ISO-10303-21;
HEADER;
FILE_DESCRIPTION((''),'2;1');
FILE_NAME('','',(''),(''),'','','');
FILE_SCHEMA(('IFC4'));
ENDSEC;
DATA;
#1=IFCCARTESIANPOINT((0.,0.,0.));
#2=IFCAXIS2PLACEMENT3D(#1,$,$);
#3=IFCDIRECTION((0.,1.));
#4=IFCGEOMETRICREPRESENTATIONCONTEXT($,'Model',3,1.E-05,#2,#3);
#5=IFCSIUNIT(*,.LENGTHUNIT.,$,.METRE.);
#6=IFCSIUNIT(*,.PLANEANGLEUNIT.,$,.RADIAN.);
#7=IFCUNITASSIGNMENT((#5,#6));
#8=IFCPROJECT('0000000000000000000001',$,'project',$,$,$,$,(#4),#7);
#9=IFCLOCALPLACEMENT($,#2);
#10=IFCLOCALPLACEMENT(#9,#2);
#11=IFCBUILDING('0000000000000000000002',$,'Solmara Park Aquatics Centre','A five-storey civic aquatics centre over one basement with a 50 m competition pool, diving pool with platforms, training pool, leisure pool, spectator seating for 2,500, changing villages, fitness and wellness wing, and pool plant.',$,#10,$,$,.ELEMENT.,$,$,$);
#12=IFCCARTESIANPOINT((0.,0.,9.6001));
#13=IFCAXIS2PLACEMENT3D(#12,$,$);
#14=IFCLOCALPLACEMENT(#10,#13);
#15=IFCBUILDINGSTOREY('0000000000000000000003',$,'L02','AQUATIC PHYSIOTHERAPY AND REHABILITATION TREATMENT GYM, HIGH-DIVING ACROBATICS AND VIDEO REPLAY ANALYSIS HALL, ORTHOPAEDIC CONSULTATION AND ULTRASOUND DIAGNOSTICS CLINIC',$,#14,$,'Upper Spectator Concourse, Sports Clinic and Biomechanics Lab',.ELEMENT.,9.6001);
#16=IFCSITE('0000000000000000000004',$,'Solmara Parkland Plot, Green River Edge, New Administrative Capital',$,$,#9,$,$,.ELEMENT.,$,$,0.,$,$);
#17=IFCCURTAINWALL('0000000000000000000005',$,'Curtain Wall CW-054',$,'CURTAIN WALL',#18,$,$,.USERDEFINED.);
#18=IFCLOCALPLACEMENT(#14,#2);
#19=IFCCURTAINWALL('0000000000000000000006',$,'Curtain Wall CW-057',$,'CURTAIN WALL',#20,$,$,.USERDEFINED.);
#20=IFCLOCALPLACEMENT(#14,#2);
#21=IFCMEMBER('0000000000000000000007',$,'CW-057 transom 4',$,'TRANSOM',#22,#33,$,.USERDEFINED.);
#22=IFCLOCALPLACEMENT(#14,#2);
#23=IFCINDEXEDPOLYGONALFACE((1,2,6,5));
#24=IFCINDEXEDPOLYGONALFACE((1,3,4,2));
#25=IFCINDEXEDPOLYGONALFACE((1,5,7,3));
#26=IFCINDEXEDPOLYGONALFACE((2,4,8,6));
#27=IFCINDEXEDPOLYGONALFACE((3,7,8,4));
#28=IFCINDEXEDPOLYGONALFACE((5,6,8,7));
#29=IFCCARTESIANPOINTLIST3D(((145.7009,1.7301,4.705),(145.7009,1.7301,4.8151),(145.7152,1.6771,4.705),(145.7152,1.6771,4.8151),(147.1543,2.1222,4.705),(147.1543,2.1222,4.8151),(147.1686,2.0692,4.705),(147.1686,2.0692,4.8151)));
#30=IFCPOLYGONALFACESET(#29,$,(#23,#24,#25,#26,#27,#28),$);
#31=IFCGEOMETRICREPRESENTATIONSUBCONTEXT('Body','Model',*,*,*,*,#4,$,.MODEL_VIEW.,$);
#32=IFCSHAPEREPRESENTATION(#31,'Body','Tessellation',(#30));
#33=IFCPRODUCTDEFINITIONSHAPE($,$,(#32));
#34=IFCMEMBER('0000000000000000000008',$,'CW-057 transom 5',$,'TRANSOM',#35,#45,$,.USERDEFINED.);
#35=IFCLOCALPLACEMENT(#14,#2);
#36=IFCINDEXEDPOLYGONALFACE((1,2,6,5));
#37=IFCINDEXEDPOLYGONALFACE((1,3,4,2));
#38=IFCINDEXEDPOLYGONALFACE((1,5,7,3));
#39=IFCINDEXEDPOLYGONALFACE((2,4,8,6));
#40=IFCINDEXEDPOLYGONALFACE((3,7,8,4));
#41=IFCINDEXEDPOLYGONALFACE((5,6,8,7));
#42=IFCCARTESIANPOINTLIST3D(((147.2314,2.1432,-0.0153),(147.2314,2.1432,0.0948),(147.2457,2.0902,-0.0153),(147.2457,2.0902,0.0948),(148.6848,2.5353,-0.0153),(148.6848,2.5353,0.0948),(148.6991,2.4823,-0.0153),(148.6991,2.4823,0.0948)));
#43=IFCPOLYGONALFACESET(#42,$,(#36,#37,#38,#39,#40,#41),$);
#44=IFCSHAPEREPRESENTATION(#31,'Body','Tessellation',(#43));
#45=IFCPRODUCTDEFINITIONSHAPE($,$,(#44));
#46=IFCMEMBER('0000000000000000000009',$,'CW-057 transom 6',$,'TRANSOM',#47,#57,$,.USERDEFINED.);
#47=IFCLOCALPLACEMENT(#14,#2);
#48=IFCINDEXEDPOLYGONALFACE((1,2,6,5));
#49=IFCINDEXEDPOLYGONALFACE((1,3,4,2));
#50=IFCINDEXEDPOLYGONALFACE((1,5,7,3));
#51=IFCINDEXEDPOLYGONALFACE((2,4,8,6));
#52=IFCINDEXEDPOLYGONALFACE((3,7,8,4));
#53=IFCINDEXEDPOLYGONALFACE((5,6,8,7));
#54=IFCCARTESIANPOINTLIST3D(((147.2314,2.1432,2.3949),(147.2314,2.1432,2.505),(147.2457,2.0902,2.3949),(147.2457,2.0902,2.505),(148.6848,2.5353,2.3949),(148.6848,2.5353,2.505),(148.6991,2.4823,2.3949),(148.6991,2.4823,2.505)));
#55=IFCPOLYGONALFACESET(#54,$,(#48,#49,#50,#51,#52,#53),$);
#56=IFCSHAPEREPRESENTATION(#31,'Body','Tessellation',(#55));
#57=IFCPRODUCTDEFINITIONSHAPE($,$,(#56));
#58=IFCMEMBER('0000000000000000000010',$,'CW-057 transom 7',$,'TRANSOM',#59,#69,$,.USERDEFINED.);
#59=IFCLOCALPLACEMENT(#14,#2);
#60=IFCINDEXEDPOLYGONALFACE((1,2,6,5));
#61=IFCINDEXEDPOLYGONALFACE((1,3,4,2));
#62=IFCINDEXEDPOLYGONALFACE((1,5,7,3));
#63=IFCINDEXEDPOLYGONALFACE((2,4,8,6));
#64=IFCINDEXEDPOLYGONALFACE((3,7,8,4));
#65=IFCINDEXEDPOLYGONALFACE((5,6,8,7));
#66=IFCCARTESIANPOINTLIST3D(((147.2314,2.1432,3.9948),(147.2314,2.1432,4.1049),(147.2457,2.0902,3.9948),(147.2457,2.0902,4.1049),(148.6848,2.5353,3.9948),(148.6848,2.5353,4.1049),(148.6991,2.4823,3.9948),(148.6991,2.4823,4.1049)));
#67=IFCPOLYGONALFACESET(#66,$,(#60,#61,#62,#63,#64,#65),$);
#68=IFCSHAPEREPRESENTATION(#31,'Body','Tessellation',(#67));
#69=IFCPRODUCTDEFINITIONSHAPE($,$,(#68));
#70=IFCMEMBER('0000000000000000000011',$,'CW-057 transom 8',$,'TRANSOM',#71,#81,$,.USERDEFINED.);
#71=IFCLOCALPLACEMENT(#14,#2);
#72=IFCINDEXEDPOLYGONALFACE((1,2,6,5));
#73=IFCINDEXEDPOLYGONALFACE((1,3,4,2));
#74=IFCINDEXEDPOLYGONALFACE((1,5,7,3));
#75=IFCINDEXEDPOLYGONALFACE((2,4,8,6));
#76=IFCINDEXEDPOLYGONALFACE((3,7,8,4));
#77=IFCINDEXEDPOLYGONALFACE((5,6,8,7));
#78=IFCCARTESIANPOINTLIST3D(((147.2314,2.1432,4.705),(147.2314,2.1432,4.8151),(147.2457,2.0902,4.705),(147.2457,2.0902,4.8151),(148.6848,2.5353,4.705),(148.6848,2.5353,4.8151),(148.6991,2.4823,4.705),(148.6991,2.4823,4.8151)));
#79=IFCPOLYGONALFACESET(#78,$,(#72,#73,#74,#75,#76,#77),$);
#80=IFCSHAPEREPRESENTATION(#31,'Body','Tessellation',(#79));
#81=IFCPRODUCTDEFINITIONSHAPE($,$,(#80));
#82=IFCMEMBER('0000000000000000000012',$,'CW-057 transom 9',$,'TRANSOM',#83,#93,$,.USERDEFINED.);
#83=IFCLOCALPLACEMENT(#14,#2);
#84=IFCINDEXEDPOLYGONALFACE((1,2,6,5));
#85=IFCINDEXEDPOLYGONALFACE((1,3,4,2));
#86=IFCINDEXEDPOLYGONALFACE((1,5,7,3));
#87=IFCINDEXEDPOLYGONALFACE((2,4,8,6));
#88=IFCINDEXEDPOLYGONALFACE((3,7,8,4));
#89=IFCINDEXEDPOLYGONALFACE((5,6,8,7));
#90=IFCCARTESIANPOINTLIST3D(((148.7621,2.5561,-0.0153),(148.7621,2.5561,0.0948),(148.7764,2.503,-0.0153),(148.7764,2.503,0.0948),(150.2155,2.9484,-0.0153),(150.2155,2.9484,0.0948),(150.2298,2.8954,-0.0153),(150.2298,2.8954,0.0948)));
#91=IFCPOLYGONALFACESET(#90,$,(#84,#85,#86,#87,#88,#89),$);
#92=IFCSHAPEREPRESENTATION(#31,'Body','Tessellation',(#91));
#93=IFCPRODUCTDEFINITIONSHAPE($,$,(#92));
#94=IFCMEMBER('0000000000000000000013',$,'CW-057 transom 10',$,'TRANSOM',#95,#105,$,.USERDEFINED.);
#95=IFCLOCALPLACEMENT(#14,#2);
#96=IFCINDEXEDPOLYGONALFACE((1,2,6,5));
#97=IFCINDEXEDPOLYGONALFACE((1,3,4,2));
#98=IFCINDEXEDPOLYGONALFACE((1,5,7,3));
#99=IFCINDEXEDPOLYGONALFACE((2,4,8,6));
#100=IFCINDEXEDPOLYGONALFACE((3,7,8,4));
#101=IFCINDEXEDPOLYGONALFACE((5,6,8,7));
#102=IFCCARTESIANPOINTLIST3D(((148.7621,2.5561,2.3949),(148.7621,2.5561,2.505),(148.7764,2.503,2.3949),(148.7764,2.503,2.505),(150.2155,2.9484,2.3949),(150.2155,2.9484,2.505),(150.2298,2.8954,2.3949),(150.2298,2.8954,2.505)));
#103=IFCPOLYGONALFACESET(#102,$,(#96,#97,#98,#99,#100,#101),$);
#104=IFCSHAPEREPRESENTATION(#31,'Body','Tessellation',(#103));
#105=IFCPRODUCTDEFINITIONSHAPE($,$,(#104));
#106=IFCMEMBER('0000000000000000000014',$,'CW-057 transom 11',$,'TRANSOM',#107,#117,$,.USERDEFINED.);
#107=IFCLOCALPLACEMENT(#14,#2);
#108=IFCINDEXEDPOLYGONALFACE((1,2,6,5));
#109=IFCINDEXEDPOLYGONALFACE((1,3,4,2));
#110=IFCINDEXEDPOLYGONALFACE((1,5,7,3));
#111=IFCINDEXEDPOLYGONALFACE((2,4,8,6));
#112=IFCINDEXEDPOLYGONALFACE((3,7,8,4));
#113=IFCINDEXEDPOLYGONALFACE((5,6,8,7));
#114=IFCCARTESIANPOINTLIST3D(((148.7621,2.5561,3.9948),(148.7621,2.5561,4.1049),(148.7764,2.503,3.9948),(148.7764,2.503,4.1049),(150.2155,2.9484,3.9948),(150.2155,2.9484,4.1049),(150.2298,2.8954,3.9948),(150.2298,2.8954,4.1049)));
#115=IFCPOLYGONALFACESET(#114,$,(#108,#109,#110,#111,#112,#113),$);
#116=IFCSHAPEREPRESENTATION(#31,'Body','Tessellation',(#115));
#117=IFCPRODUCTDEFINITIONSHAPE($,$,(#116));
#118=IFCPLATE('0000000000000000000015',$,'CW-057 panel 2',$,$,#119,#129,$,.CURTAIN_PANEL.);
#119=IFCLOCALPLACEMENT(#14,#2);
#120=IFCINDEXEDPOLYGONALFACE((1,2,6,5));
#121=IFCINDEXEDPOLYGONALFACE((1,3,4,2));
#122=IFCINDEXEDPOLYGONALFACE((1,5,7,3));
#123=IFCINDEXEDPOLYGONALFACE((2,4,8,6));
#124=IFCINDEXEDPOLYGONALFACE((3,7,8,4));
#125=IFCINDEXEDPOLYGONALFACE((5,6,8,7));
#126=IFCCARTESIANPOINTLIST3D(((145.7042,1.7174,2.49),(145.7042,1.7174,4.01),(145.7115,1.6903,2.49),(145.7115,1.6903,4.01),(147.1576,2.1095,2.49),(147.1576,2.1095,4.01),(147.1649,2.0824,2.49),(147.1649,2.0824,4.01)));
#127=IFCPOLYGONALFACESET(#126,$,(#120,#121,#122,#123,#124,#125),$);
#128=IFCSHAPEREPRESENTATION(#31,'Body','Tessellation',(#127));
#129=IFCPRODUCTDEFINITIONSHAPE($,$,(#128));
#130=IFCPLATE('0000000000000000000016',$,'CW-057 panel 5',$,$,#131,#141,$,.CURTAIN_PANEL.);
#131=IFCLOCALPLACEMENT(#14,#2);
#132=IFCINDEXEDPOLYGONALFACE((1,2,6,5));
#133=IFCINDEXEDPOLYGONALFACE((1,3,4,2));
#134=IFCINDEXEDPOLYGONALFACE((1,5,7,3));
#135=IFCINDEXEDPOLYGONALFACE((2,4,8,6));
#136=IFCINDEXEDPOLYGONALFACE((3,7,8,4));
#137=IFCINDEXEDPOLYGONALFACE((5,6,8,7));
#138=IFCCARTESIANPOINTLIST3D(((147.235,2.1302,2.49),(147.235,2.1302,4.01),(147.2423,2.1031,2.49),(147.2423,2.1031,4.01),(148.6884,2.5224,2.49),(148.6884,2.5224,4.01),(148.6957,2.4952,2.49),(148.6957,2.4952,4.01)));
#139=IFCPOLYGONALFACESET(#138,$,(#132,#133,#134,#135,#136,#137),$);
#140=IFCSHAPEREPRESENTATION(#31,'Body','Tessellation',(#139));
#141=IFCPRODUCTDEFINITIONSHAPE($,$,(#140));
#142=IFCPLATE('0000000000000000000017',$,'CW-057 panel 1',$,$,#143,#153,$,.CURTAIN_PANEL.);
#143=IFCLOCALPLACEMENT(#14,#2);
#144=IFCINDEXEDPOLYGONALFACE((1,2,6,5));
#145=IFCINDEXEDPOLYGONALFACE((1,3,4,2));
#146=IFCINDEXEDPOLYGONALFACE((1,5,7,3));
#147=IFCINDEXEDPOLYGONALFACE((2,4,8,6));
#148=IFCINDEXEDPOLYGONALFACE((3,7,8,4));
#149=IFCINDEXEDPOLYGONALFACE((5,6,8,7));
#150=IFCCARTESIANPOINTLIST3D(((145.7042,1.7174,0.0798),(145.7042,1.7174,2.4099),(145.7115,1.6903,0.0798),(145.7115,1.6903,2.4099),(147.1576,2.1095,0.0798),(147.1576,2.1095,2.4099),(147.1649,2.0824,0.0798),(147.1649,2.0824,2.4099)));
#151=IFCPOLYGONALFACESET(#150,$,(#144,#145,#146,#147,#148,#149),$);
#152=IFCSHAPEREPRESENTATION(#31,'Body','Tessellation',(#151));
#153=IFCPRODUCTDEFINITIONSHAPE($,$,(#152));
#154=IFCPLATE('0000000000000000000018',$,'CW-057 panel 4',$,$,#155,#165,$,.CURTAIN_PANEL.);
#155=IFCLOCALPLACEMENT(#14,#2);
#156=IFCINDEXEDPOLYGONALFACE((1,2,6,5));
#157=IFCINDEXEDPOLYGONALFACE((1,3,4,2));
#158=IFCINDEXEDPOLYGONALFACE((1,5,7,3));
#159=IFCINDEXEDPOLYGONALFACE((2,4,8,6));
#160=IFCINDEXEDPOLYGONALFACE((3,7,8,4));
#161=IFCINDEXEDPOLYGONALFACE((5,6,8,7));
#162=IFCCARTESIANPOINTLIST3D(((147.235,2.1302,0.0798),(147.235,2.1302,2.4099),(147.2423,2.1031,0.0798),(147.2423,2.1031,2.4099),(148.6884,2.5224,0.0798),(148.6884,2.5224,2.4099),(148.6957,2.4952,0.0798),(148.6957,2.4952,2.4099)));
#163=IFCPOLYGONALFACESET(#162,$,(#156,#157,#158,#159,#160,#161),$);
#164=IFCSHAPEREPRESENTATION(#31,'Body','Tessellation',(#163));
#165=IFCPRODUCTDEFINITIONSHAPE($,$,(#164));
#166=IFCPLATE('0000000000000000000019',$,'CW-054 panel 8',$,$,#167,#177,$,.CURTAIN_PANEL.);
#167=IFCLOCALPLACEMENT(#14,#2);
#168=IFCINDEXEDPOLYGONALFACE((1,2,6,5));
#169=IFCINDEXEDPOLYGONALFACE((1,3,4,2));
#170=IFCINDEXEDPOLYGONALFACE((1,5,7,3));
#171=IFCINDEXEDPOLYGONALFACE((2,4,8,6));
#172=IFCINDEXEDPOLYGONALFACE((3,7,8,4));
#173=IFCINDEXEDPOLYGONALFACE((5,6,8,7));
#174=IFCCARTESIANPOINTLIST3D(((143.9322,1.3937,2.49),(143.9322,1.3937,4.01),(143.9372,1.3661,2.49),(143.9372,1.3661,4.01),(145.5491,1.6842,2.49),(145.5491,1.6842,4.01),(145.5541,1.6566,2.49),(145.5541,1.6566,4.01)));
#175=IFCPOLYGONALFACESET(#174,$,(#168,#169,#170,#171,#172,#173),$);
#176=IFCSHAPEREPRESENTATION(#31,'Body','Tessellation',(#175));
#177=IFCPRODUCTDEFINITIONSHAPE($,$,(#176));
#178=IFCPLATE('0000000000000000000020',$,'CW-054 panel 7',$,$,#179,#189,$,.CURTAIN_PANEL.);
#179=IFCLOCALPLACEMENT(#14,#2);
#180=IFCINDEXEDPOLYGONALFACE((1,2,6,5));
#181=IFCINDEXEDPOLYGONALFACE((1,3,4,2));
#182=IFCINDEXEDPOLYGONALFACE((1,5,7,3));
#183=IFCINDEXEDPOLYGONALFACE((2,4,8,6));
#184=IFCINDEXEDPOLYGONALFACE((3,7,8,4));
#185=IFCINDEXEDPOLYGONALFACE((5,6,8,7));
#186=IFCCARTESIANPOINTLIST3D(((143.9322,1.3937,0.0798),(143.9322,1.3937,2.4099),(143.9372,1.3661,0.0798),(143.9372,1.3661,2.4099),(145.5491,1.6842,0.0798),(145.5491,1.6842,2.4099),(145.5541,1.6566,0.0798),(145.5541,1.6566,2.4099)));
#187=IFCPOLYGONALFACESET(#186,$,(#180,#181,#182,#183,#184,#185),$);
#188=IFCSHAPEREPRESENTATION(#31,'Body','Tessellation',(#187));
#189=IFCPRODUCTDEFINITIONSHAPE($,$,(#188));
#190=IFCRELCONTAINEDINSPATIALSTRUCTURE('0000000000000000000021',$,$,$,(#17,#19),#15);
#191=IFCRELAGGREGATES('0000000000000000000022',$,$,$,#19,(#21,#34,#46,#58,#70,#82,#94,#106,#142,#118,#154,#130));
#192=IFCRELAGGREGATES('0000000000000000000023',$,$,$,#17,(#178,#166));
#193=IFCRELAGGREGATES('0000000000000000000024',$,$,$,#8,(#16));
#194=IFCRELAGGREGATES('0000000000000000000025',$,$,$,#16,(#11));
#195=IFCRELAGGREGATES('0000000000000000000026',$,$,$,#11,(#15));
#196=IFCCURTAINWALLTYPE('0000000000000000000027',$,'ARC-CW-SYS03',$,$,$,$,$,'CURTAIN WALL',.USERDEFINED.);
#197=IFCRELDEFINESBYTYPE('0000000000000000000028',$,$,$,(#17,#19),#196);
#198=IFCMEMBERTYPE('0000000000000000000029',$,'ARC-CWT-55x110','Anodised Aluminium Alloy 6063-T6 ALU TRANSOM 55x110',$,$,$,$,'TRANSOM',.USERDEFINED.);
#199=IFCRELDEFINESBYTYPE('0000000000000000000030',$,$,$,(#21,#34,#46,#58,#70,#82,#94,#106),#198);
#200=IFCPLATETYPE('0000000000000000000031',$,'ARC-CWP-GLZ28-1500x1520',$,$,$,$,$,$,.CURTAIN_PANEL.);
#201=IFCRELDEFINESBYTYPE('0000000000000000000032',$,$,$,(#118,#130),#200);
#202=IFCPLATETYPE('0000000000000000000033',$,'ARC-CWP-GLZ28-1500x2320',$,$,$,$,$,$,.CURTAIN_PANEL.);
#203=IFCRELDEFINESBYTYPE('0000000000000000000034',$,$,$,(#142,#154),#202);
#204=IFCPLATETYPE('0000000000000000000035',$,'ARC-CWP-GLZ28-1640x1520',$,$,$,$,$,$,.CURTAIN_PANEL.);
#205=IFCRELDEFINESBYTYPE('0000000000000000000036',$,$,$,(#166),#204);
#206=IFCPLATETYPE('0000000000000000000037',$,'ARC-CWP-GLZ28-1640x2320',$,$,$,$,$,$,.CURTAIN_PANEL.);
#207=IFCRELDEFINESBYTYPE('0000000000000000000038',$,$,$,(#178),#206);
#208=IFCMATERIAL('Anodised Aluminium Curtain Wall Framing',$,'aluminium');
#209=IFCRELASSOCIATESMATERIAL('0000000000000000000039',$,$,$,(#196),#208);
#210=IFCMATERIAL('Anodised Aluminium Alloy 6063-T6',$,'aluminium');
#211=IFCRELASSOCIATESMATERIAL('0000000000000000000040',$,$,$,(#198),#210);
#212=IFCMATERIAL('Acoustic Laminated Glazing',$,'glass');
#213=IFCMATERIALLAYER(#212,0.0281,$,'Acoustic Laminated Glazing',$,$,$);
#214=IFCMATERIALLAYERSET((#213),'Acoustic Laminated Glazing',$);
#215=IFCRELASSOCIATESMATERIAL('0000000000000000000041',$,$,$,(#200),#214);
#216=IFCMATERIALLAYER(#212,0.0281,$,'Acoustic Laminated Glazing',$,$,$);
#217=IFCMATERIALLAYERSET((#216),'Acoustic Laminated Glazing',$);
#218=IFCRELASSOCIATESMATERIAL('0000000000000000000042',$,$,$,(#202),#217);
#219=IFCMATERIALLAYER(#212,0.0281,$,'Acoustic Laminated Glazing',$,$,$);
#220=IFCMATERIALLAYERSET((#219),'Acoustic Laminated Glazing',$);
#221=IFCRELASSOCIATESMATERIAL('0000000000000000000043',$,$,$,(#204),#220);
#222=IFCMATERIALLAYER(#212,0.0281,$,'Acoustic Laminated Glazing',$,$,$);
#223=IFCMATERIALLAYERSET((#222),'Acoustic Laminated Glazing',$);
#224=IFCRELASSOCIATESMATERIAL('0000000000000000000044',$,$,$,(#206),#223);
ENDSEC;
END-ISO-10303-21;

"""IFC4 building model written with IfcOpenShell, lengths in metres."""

from ifc_helpers import new_model, si_unit, direction, frame, origin, origin_2d, place, context, subcontext, project, spatial, rectangle, extrude, material, layer, layer_set, material_profile, profile_set, type_object, element, aggregate, save


model = new_model("IFC4")

# Units and contexts
model_context = context("Model", 3, precision=1e-05, world=origin(), true_north=direction((0.0, 1.0)))
body_context = subcontext(model_context, "Body", "Model", "MODEL_VIEW")
ifc_project = project(units=[si_unit("LENGTHUNIT", "METRE"), si_unit("PLANEANGLEUNIT", "RADIAN")], contexts=[model_context])

# Site, building, storey
site_placement = place(None, origin())
site = spatial("IfcSite", under=ifc_project, at=site_placement, Name="Solmara Parkland Plot, Green River Edge, New Administrative Capital", CompositionType="ELEMENT", RefElevation=0.0)
building_placement = place(site_placement, origin())
building = spatial("IfcBuilding", under=site, at=building_placement, Name="Solmara Park Aquatics Centre", Description="A five-storey civic aquatics centre over one basement with a 50 m competition pool, diving pool with platforms, training pool, leisure pool, spectator seating for 2,500, changing villages, fitness and wellness wing, and pool plant.", CompositionType="ELEMENT")
storey_placement = place(building_placement, frame((0.0, 0.0, 9.6001)))
storey = spatial("IfcBuildingStorey", under=building, at=storey_placement, Name="L02", Description="AQUATIC PHYSIOTHERAPY AND REHABILITATION TREATMENT GYM, HIGH-DIVING ACROBATICS AND VIDEO REPLAY ANALYSIS HALL, ORTHOPAEDIC CONSULTATION AND ULTRASOUND DIAGNOSTICS CLINIC", LongName="Upper Spectator Concourse, Sports Clinic and Biomechanics Lab", CompositionType="ELEMENT", Elevation=9.6001)

# Curtain walls
ifc_material_1 = material(Name="Anodised Aluminium Curtain Wall Framing", Category="aluminium")
curtain_wall_type = type_object("IfcCurtainWallType", Name="ARC-CW-SYS03", ElementType="CURTAIN WALL", PredefinedType="USERDEFINED", material=ifc_material_1)
curtain_wall_1_placement = place(storey_placement, origin())
curtain_wall_1 = element("IfcCurtainWall", 1, at=curtain_wall_1_placement, inside=storey, type_object=curtain_wall_type, Name="Curtain Wall CW-054", ObjectType="CURTAIN WALL", PredefinedType="USERDEFINED")
ifc_material_2 = material(Name="Anodised Aluminium Alloy 6063-T6", Category="aluminium")
curtain_wall_2_placement = place(storey_placement, origin())
curtain_wall_2 = element("IfcCurtainWall", 2, at=curtain_wall_2_placement, inside=storey, type_object=curtain_wall_type, Name="Curtain Wall CW-057", ObjectType="CURTAIN WALL", PredefinedType="USERDEFINED")

# Members
ifc_material_profile_1 = material_profile(ifc_material_2, rectangle(XDim=0.0549, YDim=0.1101, at=origin_2d()), Name="ALU TRANSOM 55x110")
ifc_profile_set_1 = profile_set([ifc_material_profile_1], Name="Anodised Aluminium Alloy 6063-T6")
member_type_1 = type_object("IfcMemberType", Name="ARC-CWT-55x110", Description="Anodised Aluminium Alloy 6063-T6 ALU TRANSOM 55x110", ElementType="TRANSOM", PredefinedType="USERDEFINED", material=ifc_profile_set_1)
member_1_placement = place(storey_placement, frame((145.708, 1.7036, 4.76), z_axis=(0.965483, 0.260468, 0.0), x_axis=(-0.260468, 0.965483, 0.0)))
member_1 = element("IfcMember", 3, at=member_1_placement, type_object=member_type_1, Name="CW-057 transom 4", ObjectType="TRANSOM", PredefinedType="USERDEFINED", context=body_context, shape_type="SweptSolid", body=[
    extrude(rectangle(XDim=0.0549, YDim=0.1101, at=origin_2d()), origin(), (0.0, 0.0, 1.0), 1.5054),
])
member_2_placement = place(storey_placement, frame((147.2385, 2.1167, 0.0398), z_axis=(0.965483, 0.260468, 0.0), x_axis=(-0.260468, 0.965483, 0.0)))
member_2 = element("IfcMember", 4, at=member_2_placement, type_object=member_type_1, Name="CW-057 transom 5", ObjectType="TRANSOM", PredefinedType="USERDEFINED", context=body_context, shape_type="SweptSolid", body=[
    extrude(rectangle(XDim=0.0549, YDim=0.1101, at=origin_2d()), origin(), (0.0, 0.0, 1.0), 1.5054),
])
member_3_placement = place(storey_placement, frame((147.2385, 2.1167, 2.45), z_axis=(0.965483, 0.260468, 0.0), x_axis=(-0.260468, 0.965483, 0.0)))
member_3 = element("IfcMember", 5, at=member_3_placement, type_object=member_type_1, Name="CW-057 transom 6", ObjectType="TRANSOM", PredefinedType="USERDEFINED", context=body_context, shape_type="SweptSolid", body=[
    extrude(rectangle(XDim=0.0549, YDim=0.1101, at=origin_2d()), origin(), (0.0, 0.0, 1.0), 1.5054),
])
member_4_placement = place(storey_placement, frame((147.2385, 2.1167, 4.0498), z_axis=(0.965483, 0.260468, 0.0), x_axis=(-0.260468, 0.965483, 0.0)))
member_4 = element("IfcMember", 6, at=member_4_placement, type_object=member_type_1, Name="CW-057 transom 7", ObjectType="TRANSOM", PredefinedType="USERDEFINED", context=body_context, shape_type="SweptSolid", body=[
    extrude(rectangle(XDim=0.0549, YDim=0.1101, at=origin_2d()), origin(), (0.0, 0.0, 1.0), 1.5054),
])
member_5_placement = place(storey_placement, frame((147.2385, 2.1167, 4.76), z_axis=(0.965483, 0.260468, 0.0), x_axis=(-0.260468, 0.965483, 0.0)))
member_5 = element("IfcMember", 7, at=member_5_placement, type_object=member_type_1, Name="CW-057 transom 8", ObjectType="TRANSOM", PredefinedType="USERDEFINED", context=body_context, shape_type="SweptSolid", body=[
    extrude(rectangle(XDim=0.0549, YDim=0.1101, at=origin_2d()), origin(), (0.0, 0.0, 1.0), 1.5054),
])
member_6_placement = place(storey_placement, frame((148.7693, 2.5295, 0.0398), z_axis=(0.965442, 0.260619, 0.0), x_axis=(-0.260619, 0.965442, 0.0)))
member_6 = element("IfcMember", 8, at=member_6_placement, type_object=member_type_1, Name="CW-057 transom 9", ObjectType="TRANSOM", PredefinedType="USERDEFINED", context=body_context, shape_type="SweptSolid", body=[
    extrude(rectangle(XDim=0.0549, YDim=0.1101, at=origin_2d()), origin(), (0.0, 0.0, 1.0), 1.5054),
])
member_7_placement = place(storey_placement, frame((148.7693, 2.5295, 2.45), z_axis=(0.965442, 0.260619, 0.0), x_axis=(-0.260619, 0.965442, 0.0)))
member_7 = element("IfcMember", 9, at=member_7_placement, type_object=member_type_1, Name="CW-057 transom 10", ObjectType="TRANSOM", PredefinedType="USERDEFINED", context=body_context, shape_type="SweptSolid", body=[
    extrude(rectangle(XDim=0.0549, YDim=0.1101, at=origin_2d()), origin(), (0.0, 0.0, 1.0), 1.5054),
])
member_8_placement = place(storey_placement, frame((148.7693, 2.5295, 4.0498), z_axis=(0.965442, 0.260619, 0.0), x_axis=(-0.260619, 0.965442, 0.0)))
member_8 = element("IfcMember", 10, at=member_8_placement, type_object=member_type_1, Name="CW-057 transom 11", ObjectType="TRANSOM", PredefinedType="USERDEFINED", context=body_context, shape_type="SweptSolid", body=[
    extrude(rectangle(XDim=0.0549, YDim=0.1101, at=origin_2d()), origin(), (0.0, 0.0, 1.0), 1.5054),
])

# Plates
ifc_material_3 = material(Name="Acoustic Laminated Glazing", Category="glass")
ifc_layer_1 = layer(ifc_material_3, 0.0281, Name="Acoustic Laminated Glazing")
ifc_layer_set_1 = layer_set([ifc_layer_1], Name="Acoustic Laminated Glazing")
plate_type_1 = type_object("IfcPlateType", Name="ARC-CWP-GLZ28-1500x1520", PredefinedType="CURTAIN_PANEL", material=ifc_layer_set_1)
plate_1_placement = place(storey_placement, frame((146.4346, 1.8999, 2.49), z_axis=(0.0, 0.0, 1.0), x_axis=(0.96548, 0.260476, 0.0)))
plate_1 = element("IfcPlate", 11, at=plate_1_placement, type_object=plate_type_1, Name="CW-057 panel 2", PredefinedType="CURTAIN_PANEL", context=body_context, shape_type="SweptSolid", body=[
    extrude(rectangle(XDim=1.5054, YDim=0.0281, at=origin_2d()), origin(), (0.0, 0.0, 1.0), 1.52),
])
plate_2_placement = place(storey_placement, frame((147.9653, 2.3127, 2.49), z_axis=(0.0, 0.0, 1.0), x_axis=(0.96548, 0.260476, 0.0)))
plate_2 = element("IfcPlate", 12, at=plate_2_placement, type_object=plate_type_1, Name="CW-057 panel 5", PredefinedType="CURTAIN_PANEL", context=body_context, shape_type="SweptSolid", body=[
    extrude(rectangle(XDim=1.5054, YDim=0.0281, at=origin_2d()), origin(), (0.0, 0.0, 1.0), 1.52),
])
ifc_layer_2 = layer(ifc_material_3, 0.0281, Name="Acoustic Laminated Glazing")
ifc_layer_set_2 = layer_set([ifc_layer_2], Name="Acoustic Laminated Glazing")
plate_type_2 = type_object("IfcPlateType", Name="ARC-CWP-GLZ28-1500x2320", PredefinedType="CURTAIN_PANEL", material=ifc_layer_set_2)
plate_3_placement = place(storey_placement, frame((146.4346, 1.8999, 0.0798), z_axis=(0.0, 0.0, 1.0), x_axis=(0.96548, 0.260476, 0.0)))
plate_3 = element("IfcPlate", 13, at=plate_3_placement, type_object=plate_type_2, Name="CW-057 panel 1", PredefinedType="CURTAIN_PANEL", context=body_context, shape_type="SweptSolid", body=[
    extrude(rectangle(XDim=1.5054, YDim=0.0281, at=origin_2d()), origin(), (0.0, 0.0, 1.0), 2.3301),
])
plate_4_placement = place(storey_placement, frame((147.9653, 2.3127, 0.0798), z_axis=(0.0, 0.0, 1.0), x_axis=(0.96548, 0.260476, 0.0)))
plate_4 = element("IfcPlate", 14, at=plate_4_placement, type_object=plate_type_2, Name="CW-057 panel 4", PredefinedType="CURTAIN_PANEL", context=body_context, shape_type="SweptSolid", body=[
    extrude(rectangle(XDim=1.5054, YDim=0.0281, at=origin_2d()), origin(), (0.0, 0.0, 1.0), 2.3301),
])
ifc_layer_3 = layer(ifc_material_3, 0.0281, Name="Acoustic Laminated Glazing")
ifc_layer_set_3 = layer_set([ifc_layer_3], Name="Acoustic Laminated Glazing")
plate_type_3 = type_object("IfcPlateType", Name="ARC-CWP-GLZ28-1640x1520", PredefinedType="CURTAIN_PANEL", material=ifc_layer_set_3)
plate_5_placement = place(storey_placement, frame((144.7432, 1.5251, 2.49), z_axis=(0.0, 0.0, 1.0), x_axis=(0.984239, 0.176846, 0.0)))
plate_5 = element("IfcPlate", 15, at=plate_5_placement, type_object=plate_type_3, Name="CW-054 panel 8", PredefinedType="CURTAIN_PANEL", context=body_context, shape_type="SweptSolid", body=[
    extrude(rectangle(XDim=1.6428, YDim=0.0281, at=origin_2d()), origin(), (0.0, 0.0, 1.0), 1.52),
])
ifc_layer_4 = layer(ifc_material_3, 0.0281, Name="Acoustic Laminated Glazing")
ifc_layer_set_4 = layer_set([ifc_layer_4], Name="Acoustic Laminated Glazing")
plate_type_4 = type_object("IfcPlateType", Name="ARC-CWP-GLZ28-1640x2320", PredefinedType="CURTAIN_PANEL", material=ifc_layer_set_4)
plate_6_placement = place(storey_placement, frame((144.7432, 1.5251, 0.0798), z_axis=(0.0, 0.0, 1.0), x_axis=(0.984239, 0.176846, 0.0)))
plate_6 = element("IfcPlate", 16, at=plate_6_placement, type_object=plate_type_4, Name="CW-054 panel 7", PredefinedType="CURTAIN_PANEL", context=body_context, shape_type="SweptSolid", body=[
    extrude(rectangle(XDim=1.6428, YDim=0.0281, at=origin_2d()), origin(), (0.0, 0.0, 1.0), 2.3301),
])
aggregate(curtain_wall_2, [member_1, member_2, member_3, member_4, member_5, member_6, member_7, member_8, plate_3, plate_1, plate_4, plate_2])
aggregate(curtain_wall_1, [plate_6, plate_5])

save(model, "model.ifc")
